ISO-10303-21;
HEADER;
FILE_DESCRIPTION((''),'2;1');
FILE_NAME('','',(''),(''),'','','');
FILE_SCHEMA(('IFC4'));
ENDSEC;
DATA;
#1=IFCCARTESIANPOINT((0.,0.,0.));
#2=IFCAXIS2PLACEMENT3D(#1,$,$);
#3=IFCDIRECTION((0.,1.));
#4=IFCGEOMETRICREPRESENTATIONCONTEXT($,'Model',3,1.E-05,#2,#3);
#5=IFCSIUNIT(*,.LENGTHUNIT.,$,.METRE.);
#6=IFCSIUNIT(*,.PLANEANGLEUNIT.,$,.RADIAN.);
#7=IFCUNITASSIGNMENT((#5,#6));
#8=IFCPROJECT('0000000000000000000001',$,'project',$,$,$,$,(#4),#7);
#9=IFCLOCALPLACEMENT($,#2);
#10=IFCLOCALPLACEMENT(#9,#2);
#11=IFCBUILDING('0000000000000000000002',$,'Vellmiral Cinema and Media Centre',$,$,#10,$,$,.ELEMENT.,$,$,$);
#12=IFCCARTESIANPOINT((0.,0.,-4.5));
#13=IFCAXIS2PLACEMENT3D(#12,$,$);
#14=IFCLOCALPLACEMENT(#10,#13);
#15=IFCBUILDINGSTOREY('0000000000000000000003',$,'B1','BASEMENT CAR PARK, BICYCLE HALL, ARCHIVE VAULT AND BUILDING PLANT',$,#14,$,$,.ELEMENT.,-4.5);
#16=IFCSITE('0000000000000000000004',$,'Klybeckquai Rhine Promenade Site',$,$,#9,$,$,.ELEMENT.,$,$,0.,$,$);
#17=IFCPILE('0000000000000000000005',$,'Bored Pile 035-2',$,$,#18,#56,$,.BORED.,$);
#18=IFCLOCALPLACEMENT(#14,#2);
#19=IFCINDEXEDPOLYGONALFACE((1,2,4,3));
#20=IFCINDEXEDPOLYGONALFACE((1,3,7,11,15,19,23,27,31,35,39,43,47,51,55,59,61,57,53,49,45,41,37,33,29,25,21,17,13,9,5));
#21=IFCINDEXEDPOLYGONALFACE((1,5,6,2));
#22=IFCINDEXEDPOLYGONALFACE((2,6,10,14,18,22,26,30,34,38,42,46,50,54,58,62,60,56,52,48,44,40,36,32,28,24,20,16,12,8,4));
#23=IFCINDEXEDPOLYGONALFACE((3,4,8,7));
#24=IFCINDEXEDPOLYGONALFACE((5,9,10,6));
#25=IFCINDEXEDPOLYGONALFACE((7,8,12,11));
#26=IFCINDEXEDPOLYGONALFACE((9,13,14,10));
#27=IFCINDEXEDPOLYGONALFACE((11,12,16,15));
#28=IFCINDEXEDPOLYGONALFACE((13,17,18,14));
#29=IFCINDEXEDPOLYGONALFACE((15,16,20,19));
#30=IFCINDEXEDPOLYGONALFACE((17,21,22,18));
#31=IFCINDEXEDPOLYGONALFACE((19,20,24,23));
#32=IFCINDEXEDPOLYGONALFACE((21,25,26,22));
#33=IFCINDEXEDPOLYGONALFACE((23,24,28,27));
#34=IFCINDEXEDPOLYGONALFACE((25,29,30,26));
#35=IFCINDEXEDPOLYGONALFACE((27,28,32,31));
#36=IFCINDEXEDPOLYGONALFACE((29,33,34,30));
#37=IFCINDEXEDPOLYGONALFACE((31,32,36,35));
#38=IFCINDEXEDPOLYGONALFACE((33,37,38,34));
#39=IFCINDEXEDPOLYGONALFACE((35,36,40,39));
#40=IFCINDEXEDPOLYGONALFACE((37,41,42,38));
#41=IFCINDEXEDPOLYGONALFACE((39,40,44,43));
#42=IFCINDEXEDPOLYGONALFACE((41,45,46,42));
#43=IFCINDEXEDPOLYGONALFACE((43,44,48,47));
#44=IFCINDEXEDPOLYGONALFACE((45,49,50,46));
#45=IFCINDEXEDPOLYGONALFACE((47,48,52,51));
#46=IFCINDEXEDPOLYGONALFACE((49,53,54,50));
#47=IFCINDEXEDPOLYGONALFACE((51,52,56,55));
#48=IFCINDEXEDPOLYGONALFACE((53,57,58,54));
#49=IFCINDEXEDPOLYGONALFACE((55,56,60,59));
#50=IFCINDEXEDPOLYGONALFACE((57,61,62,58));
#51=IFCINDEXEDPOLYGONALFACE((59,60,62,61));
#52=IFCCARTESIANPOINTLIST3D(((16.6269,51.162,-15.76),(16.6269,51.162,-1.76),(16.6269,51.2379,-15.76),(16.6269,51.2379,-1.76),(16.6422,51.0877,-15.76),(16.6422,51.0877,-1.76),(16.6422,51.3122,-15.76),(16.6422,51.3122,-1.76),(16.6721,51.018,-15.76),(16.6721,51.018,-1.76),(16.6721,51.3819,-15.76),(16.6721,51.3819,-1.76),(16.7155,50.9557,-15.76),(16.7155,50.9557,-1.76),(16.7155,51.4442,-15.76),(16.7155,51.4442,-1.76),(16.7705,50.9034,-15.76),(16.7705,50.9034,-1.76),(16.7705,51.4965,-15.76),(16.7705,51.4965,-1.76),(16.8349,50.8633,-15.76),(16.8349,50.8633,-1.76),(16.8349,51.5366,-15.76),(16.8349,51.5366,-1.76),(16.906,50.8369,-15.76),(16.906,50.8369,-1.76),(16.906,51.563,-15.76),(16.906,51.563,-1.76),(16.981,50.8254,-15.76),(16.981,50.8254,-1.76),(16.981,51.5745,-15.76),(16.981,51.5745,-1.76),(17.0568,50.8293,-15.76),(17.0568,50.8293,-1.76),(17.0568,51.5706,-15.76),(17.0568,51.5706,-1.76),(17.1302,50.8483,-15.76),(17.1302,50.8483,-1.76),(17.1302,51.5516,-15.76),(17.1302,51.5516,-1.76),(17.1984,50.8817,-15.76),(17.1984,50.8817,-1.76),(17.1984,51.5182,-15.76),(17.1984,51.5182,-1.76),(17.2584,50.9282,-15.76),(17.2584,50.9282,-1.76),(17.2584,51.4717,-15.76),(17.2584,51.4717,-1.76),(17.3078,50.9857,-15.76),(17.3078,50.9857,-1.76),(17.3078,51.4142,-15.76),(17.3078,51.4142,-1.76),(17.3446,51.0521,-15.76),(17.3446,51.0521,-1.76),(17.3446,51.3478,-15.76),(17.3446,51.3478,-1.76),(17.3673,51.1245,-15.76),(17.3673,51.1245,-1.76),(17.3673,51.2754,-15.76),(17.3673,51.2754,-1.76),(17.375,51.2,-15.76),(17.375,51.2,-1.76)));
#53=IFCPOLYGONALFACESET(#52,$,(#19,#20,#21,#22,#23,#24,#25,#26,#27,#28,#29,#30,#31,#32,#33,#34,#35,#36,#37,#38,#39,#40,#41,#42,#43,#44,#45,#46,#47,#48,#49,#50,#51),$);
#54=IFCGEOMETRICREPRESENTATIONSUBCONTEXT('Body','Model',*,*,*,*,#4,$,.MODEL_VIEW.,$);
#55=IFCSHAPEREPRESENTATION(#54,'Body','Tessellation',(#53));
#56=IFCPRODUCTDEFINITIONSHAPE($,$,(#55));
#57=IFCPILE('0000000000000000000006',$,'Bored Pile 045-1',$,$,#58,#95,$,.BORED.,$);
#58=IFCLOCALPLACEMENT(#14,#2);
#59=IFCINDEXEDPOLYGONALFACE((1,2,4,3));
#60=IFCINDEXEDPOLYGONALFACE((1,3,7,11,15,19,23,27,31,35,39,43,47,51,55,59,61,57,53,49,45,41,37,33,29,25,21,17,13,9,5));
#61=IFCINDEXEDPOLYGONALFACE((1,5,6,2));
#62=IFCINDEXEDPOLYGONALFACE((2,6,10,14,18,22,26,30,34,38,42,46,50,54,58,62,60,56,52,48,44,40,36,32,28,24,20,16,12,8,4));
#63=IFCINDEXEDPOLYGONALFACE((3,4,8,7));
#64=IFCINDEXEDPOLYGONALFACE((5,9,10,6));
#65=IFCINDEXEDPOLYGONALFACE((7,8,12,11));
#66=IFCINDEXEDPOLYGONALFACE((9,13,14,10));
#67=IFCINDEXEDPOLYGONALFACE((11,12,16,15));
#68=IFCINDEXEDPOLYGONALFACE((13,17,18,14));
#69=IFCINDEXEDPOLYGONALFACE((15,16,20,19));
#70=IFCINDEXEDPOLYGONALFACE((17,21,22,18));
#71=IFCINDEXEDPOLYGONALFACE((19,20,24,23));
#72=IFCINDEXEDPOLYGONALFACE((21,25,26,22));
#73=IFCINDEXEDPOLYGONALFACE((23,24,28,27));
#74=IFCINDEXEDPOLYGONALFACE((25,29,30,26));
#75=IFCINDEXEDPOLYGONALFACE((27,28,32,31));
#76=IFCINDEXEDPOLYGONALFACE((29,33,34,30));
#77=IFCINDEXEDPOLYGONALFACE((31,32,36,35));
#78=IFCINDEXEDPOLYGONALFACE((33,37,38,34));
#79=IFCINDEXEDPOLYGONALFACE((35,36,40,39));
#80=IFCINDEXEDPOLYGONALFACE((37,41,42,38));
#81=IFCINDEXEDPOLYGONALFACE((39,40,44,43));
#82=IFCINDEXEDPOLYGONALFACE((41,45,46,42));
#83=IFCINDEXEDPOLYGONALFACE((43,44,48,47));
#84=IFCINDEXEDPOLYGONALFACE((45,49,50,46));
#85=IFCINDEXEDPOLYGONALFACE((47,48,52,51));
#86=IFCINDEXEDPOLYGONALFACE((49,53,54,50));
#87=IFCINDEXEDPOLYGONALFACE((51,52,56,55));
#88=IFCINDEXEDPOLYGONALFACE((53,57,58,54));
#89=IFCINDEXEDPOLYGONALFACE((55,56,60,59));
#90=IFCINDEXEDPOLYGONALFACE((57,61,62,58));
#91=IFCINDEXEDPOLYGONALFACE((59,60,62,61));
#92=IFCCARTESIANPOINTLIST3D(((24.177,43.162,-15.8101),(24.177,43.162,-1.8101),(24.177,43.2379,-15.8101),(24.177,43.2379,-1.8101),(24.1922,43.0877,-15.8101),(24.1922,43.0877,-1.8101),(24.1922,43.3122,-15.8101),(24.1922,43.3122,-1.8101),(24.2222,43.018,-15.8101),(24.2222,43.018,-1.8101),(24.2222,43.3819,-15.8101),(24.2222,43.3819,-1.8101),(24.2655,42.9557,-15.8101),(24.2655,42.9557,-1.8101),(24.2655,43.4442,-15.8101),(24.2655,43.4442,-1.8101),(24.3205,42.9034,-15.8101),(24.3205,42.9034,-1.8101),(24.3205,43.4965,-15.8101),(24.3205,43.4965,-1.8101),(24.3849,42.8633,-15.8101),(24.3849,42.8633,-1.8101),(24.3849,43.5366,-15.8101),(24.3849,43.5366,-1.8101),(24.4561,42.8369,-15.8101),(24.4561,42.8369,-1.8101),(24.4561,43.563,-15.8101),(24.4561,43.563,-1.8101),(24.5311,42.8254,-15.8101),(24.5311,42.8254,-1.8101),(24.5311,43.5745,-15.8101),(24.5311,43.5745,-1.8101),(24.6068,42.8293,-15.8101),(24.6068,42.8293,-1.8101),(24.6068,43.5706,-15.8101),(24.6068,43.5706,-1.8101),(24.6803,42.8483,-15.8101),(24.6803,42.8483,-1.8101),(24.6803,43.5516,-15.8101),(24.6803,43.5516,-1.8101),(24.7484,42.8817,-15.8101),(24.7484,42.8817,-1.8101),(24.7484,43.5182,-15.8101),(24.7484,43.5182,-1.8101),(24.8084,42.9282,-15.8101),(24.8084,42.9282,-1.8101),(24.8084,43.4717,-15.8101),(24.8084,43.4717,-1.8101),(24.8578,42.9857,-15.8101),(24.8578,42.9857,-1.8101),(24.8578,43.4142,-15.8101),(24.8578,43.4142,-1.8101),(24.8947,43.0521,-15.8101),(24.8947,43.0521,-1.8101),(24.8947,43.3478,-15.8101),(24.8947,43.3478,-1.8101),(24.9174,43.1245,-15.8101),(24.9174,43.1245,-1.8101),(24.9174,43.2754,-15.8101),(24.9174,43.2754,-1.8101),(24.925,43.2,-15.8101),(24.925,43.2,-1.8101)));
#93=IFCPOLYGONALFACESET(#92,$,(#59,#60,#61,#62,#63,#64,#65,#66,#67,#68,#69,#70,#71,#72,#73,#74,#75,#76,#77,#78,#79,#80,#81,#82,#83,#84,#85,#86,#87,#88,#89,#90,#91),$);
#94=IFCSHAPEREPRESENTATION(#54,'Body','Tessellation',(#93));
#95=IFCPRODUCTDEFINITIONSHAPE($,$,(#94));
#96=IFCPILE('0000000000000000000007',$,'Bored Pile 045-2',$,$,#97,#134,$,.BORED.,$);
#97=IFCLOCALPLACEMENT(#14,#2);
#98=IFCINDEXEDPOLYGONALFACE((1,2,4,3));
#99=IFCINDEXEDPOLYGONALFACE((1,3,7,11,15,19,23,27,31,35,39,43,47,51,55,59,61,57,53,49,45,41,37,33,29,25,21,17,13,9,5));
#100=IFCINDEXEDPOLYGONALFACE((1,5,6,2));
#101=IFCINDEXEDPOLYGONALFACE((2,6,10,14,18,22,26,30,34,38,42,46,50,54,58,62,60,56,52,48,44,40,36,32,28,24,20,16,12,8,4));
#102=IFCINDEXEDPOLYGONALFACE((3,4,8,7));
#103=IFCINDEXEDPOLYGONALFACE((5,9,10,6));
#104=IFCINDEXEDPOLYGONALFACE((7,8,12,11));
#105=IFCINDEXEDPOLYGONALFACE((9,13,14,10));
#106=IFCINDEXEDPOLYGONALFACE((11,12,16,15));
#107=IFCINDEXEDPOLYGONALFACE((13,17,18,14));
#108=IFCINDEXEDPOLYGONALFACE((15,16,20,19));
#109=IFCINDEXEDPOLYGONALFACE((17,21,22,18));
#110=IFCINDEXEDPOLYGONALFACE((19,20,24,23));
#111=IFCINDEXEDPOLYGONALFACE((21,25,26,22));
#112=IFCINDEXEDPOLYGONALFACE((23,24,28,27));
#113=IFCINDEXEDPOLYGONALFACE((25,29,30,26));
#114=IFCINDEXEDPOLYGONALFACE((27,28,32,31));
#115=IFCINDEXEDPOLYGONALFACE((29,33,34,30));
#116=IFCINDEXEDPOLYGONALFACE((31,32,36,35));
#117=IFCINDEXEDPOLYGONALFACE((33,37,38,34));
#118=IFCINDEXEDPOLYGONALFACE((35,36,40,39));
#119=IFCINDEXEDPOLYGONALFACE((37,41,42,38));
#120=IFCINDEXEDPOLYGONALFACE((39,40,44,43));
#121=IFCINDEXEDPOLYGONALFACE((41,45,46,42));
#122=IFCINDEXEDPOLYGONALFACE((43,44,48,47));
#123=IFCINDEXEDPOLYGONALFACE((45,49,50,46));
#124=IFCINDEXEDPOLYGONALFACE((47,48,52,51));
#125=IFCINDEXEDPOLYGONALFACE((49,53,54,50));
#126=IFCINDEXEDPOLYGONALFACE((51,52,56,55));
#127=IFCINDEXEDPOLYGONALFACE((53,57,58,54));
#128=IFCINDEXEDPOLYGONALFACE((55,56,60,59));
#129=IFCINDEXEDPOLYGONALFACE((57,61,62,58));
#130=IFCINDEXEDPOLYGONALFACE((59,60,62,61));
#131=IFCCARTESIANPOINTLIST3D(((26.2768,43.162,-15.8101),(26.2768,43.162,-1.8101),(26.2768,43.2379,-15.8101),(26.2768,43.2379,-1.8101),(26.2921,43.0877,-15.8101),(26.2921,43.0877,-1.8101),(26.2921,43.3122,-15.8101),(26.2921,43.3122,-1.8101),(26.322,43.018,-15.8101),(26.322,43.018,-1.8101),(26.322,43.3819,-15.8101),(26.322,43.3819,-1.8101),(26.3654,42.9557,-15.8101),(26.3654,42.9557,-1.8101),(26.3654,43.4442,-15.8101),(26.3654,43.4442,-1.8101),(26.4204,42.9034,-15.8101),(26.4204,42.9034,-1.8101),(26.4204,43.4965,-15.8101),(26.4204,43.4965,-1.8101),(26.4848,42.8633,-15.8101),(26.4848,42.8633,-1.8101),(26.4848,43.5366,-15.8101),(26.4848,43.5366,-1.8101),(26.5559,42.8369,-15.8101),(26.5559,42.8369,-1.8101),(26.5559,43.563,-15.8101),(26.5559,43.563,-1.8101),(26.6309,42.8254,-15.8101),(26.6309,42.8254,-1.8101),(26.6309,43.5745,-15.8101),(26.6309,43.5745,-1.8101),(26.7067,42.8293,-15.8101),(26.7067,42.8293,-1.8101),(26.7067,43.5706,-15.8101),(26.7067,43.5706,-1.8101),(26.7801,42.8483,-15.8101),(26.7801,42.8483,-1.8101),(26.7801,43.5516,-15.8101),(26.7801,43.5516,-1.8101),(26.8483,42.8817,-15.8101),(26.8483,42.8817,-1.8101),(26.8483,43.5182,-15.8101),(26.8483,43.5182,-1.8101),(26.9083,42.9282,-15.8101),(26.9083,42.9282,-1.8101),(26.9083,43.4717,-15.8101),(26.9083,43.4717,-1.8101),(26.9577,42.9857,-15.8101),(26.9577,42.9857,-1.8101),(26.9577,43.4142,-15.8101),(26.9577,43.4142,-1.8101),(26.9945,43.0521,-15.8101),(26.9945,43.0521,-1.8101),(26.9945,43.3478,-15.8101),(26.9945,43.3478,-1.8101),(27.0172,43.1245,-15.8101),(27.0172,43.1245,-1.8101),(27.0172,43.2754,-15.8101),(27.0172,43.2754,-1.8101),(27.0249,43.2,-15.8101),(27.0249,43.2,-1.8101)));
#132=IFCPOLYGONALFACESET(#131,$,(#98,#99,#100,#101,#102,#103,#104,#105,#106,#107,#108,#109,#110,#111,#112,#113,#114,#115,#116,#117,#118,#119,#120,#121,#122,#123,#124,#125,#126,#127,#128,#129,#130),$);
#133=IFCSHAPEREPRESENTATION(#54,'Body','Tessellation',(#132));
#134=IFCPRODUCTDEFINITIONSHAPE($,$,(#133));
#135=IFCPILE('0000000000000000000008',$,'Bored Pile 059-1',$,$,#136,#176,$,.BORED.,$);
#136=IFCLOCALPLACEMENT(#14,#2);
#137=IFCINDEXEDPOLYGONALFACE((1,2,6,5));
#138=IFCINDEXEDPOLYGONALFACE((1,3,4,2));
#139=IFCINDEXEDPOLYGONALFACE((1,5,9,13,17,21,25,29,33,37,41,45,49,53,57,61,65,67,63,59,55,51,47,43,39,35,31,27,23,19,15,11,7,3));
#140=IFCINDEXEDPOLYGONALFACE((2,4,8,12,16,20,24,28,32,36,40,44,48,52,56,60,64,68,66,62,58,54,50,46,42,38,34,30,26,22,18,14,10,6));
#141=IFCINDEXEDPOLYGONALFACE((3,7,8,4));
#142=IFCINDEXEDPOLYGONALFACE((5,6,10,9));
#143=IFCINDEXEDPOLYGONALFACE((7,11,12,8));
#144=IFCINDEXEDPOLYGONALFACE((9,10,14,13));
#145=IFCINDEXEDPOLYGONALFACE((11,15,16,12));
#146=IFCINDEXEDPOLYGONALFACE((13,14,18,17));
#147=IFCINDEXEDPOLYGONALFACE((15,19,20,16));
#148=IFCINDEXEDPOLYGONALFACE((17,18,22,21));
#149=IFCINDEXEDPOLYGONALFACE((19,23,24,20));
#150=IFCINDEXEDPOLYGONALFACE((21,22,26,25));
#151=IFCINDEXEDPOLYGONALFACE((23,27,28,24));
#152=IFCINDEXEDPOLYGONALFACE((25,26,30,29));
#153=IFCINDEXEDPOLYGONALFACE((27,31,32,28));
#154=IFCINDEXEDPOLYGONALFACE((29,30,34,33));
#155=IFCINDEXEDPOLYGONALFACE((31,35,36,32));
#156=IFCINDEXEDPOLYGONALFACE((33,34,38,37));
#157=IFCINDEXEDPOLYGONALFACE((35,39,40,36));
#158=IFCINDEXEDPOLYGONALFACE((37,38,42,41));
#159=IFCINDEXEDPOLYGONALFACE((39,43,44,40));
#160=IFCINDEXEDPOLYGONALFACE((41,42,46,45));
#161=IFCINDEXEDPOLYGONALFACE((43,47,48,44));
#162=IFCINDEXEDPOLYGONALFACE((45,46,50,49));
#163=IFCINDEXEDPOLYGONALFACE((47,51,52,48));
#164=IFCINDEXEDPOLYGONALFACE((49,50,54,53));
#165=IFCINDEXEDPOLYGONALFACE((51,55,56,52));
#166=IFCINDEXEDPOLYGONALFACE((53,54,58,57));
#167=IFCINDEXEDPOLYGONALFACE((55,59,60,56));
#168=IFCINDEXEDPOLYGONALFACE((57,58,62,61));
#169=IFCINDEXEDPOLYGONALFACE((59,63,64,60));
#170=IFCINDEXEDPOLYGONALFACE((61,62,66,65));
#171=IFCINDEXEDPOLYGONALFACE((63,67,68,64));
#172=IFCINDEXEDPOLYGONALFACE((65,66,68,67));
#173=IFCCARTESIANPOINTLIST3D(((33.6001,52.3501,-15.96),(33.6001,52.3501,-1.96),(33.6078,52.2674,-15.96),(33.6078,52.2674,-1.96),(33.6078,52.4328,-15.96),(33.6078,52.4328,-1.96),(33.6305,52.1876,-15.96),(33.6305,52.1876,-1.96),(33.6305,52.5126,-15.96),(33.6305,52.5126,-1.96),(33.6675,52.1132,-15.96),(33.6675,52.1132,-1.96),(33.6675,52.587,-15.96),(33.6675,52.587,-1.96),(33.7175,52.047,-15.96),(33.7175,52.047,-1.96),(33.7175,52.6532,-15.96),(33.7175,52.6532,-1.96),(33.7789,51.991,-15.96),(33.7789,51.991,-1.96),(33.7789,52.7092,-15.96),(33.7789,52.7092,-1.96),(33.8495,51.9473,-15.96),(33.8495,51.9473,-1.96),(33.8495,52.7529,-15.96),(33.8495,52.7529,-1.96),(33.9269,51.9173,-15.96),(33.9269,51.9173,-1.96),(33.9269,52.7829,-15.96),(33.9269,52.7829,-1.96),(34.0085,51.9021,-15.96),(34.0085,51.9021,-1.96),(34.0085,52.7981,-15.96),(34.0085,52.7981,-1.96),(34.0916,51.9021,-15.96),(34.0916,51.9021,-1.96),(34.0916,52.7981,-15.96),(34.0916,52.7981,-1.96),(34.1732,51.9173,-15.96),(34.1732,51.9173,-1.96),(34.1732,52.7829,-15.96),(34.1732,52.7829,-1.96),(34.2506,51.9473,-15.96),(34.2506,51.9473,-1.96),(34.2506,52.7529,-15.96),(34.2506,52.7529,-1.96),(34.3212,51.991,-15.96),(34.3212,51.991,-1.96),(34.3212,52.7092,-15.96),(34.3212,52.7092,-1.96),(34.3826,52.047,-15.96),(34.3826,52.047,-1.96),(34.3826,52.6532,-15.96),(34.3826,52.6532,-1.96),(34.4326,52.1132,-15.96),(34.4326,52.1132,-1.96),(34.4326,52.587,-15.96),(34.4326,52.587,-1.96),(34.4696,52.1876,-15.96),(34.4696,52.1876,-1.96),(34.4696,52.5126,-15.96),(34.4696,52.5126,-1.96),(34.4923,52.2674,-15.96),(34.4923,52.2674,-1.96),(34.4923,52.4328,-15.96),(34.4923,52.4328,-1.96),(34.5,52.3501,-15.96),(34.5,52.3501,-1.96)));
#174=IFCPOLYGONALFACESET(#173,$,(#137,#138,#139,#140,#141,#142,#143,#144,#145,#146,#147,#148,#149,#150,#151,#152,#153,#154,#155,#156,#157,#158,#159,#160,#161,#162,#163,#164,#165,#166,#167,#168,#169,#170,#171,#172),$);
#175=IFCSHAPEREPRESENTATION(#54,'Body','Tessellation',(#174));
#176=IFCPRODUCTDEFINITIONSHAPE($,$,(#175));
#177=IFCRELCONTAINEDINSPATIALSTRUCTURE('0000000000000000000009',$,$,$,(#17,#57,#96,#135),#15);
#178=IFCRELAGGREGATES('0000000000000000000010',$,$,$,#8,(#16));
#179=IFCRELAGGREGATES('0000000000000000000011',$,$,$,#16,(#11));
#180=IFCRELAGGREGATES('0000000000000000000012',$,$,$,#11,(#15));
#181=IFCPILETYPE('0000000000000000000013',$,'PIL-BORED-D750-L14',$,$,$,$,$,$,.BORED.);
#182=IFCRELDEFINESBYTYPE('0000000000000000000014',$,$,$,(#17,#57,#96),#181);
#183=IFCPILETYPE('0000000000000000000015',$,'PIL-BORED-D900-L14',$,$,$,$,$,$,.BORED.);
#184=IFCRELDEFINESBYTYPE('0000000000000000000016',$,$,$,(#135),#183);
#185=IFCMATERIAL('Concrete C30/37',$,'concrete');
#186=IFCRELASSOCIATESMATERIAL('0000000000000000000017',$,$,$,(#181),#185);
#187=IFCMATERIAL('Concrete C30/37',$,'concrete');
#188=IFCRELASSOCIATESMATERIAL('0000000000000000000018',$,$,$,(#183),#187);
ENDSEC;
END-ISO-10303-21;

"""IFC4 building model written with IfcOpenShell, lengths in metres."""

from ifc_helpers import new_model, si_unit, direction, frame, origin, origin_2d, place, context, subcontext, project, spatial, circle, extrude, material, material_profile, profile_set, type_object, element, save


model = new_model("IFC4")

# Units and contexts
model_context = context("Model", 3, precision=1e-05, world=origin(), true_north=direction((0.0, 1.0)))
body_context = subcontext(model_context, "Body", "Model", "MODEL_VIEW")
ifc_project = project(units=[si_unit("LENGTHUNIT", "METRE"), si_unit("PLANEANGLEUNIT", "RADIAN")], contexts=[model_context])

# Site, building, storey
site_placement = place(None, origin())
site = spatial("IfcSite", under=ifc_project, at=site_placement, Name="Klybeckquai Rhine Promenade Site", CompositionType="ELEMENT", RefElevation=0.0)
building_placement = place(site_placement, origin())
building = spatial("IfcBuilding", under=site, at=building_placement, Name="Vellmiral Cinema and Media Centre", CompositionType="ELEMENT")
storey_placement = place(building_placement, frame((0.0, 0.0, -4.5)))
storey = spatial("IfcBuildingStorey", under=building, at=storey_placement, Name="B1", Description="BASEMENT CAR PARK, BICYCLE HALL, ARCHIVE VAULT AND BUILDING PLANT", CompositionType="ELEMENT", Elevation=-4.5)

# Piles
ifc_material_1 = material(Name="Concrete C30/37", Category="concrete")
ifc_material_profile_1 = material_profile(ifc_material_1, circle(Radius=0.375, at=origin_2d()), Name="PILE D750")
ifc_profile_set_1 = profile_set([ifc_material_profile_1], Name="Concrete C30/37")
pile_type_1 = type_object("IfcPileType", Name="PIL-BORED-D750-L14", PredefinedType="BORED", material=ifc_profile_set_1)
for number, where, z_axis, x_axis, name in (
    (1, (17.0, 51.2, -1.76), (0.0, 0.0, -1.0), (1.0, 0.0, 0.0), "Bored Pile 035-2"),
    (2, (24.55, 43.2, -1.8101), (0.0, 0.0, -1.0), (1.0, 0.0, 0.0), "Bored Pile 045-1"),
    (3, (26.6499, 43.2, -1.8101), (0.0, 0.0, -1.0), (1.0, 0.0, 0.0), "Bored Pile 045-2"),
):
    element("IfcPile", number, at=place(storey_placement, frame(where, z_axis=z_axis, x_axis=x_axis)), inside=storey, type_object=pile_type_1, Name=name, PredefinedType="BORED", context=body_context, shape_type="SweptSolid", body=[
        extrude(circle(Radius=0.375, at=origin_2d()), origin(), (0.0, 0.0, 1.0), 14.0),
    ])
ifc_material_2 = material(Name="Concrete C30/37", Category="concrete")
ifc_material_profile_2 = material_profile(ifc_material_2, circle(Radius=0.45, at=origin_2d()), Name="PILE D900")
ifc_profile_set_2 = profile_set([ifc_material_profile_2], Name="Concrete C30/37")
pile_type_2 = type_object("IfcPileType", Name="PIL-BORED-D900-L14", PredefinedType="BORED", material=ifc_profile_set_2)
pile_1_placement = place(storey_placement, frame((34.05, 52.3501, -1.96), z_axis=(0.0, 0.0, -1.0), x_axis=(1.0, 0.0, 0.0)))
element("IfcPile", 4, at=pile_1_placement, inside=storey, type_object=pile_type_2, Name="Bored Pile 059-1", PredefinedType="BORED", context=body_context, shape_type="SweptSolid", body=[
    extrude(circle(Radius=0.45, at=origin_2d()), origin(), (0.0, 0.0, 1.0), 14.0),
])

save(model, "model.ifc")
